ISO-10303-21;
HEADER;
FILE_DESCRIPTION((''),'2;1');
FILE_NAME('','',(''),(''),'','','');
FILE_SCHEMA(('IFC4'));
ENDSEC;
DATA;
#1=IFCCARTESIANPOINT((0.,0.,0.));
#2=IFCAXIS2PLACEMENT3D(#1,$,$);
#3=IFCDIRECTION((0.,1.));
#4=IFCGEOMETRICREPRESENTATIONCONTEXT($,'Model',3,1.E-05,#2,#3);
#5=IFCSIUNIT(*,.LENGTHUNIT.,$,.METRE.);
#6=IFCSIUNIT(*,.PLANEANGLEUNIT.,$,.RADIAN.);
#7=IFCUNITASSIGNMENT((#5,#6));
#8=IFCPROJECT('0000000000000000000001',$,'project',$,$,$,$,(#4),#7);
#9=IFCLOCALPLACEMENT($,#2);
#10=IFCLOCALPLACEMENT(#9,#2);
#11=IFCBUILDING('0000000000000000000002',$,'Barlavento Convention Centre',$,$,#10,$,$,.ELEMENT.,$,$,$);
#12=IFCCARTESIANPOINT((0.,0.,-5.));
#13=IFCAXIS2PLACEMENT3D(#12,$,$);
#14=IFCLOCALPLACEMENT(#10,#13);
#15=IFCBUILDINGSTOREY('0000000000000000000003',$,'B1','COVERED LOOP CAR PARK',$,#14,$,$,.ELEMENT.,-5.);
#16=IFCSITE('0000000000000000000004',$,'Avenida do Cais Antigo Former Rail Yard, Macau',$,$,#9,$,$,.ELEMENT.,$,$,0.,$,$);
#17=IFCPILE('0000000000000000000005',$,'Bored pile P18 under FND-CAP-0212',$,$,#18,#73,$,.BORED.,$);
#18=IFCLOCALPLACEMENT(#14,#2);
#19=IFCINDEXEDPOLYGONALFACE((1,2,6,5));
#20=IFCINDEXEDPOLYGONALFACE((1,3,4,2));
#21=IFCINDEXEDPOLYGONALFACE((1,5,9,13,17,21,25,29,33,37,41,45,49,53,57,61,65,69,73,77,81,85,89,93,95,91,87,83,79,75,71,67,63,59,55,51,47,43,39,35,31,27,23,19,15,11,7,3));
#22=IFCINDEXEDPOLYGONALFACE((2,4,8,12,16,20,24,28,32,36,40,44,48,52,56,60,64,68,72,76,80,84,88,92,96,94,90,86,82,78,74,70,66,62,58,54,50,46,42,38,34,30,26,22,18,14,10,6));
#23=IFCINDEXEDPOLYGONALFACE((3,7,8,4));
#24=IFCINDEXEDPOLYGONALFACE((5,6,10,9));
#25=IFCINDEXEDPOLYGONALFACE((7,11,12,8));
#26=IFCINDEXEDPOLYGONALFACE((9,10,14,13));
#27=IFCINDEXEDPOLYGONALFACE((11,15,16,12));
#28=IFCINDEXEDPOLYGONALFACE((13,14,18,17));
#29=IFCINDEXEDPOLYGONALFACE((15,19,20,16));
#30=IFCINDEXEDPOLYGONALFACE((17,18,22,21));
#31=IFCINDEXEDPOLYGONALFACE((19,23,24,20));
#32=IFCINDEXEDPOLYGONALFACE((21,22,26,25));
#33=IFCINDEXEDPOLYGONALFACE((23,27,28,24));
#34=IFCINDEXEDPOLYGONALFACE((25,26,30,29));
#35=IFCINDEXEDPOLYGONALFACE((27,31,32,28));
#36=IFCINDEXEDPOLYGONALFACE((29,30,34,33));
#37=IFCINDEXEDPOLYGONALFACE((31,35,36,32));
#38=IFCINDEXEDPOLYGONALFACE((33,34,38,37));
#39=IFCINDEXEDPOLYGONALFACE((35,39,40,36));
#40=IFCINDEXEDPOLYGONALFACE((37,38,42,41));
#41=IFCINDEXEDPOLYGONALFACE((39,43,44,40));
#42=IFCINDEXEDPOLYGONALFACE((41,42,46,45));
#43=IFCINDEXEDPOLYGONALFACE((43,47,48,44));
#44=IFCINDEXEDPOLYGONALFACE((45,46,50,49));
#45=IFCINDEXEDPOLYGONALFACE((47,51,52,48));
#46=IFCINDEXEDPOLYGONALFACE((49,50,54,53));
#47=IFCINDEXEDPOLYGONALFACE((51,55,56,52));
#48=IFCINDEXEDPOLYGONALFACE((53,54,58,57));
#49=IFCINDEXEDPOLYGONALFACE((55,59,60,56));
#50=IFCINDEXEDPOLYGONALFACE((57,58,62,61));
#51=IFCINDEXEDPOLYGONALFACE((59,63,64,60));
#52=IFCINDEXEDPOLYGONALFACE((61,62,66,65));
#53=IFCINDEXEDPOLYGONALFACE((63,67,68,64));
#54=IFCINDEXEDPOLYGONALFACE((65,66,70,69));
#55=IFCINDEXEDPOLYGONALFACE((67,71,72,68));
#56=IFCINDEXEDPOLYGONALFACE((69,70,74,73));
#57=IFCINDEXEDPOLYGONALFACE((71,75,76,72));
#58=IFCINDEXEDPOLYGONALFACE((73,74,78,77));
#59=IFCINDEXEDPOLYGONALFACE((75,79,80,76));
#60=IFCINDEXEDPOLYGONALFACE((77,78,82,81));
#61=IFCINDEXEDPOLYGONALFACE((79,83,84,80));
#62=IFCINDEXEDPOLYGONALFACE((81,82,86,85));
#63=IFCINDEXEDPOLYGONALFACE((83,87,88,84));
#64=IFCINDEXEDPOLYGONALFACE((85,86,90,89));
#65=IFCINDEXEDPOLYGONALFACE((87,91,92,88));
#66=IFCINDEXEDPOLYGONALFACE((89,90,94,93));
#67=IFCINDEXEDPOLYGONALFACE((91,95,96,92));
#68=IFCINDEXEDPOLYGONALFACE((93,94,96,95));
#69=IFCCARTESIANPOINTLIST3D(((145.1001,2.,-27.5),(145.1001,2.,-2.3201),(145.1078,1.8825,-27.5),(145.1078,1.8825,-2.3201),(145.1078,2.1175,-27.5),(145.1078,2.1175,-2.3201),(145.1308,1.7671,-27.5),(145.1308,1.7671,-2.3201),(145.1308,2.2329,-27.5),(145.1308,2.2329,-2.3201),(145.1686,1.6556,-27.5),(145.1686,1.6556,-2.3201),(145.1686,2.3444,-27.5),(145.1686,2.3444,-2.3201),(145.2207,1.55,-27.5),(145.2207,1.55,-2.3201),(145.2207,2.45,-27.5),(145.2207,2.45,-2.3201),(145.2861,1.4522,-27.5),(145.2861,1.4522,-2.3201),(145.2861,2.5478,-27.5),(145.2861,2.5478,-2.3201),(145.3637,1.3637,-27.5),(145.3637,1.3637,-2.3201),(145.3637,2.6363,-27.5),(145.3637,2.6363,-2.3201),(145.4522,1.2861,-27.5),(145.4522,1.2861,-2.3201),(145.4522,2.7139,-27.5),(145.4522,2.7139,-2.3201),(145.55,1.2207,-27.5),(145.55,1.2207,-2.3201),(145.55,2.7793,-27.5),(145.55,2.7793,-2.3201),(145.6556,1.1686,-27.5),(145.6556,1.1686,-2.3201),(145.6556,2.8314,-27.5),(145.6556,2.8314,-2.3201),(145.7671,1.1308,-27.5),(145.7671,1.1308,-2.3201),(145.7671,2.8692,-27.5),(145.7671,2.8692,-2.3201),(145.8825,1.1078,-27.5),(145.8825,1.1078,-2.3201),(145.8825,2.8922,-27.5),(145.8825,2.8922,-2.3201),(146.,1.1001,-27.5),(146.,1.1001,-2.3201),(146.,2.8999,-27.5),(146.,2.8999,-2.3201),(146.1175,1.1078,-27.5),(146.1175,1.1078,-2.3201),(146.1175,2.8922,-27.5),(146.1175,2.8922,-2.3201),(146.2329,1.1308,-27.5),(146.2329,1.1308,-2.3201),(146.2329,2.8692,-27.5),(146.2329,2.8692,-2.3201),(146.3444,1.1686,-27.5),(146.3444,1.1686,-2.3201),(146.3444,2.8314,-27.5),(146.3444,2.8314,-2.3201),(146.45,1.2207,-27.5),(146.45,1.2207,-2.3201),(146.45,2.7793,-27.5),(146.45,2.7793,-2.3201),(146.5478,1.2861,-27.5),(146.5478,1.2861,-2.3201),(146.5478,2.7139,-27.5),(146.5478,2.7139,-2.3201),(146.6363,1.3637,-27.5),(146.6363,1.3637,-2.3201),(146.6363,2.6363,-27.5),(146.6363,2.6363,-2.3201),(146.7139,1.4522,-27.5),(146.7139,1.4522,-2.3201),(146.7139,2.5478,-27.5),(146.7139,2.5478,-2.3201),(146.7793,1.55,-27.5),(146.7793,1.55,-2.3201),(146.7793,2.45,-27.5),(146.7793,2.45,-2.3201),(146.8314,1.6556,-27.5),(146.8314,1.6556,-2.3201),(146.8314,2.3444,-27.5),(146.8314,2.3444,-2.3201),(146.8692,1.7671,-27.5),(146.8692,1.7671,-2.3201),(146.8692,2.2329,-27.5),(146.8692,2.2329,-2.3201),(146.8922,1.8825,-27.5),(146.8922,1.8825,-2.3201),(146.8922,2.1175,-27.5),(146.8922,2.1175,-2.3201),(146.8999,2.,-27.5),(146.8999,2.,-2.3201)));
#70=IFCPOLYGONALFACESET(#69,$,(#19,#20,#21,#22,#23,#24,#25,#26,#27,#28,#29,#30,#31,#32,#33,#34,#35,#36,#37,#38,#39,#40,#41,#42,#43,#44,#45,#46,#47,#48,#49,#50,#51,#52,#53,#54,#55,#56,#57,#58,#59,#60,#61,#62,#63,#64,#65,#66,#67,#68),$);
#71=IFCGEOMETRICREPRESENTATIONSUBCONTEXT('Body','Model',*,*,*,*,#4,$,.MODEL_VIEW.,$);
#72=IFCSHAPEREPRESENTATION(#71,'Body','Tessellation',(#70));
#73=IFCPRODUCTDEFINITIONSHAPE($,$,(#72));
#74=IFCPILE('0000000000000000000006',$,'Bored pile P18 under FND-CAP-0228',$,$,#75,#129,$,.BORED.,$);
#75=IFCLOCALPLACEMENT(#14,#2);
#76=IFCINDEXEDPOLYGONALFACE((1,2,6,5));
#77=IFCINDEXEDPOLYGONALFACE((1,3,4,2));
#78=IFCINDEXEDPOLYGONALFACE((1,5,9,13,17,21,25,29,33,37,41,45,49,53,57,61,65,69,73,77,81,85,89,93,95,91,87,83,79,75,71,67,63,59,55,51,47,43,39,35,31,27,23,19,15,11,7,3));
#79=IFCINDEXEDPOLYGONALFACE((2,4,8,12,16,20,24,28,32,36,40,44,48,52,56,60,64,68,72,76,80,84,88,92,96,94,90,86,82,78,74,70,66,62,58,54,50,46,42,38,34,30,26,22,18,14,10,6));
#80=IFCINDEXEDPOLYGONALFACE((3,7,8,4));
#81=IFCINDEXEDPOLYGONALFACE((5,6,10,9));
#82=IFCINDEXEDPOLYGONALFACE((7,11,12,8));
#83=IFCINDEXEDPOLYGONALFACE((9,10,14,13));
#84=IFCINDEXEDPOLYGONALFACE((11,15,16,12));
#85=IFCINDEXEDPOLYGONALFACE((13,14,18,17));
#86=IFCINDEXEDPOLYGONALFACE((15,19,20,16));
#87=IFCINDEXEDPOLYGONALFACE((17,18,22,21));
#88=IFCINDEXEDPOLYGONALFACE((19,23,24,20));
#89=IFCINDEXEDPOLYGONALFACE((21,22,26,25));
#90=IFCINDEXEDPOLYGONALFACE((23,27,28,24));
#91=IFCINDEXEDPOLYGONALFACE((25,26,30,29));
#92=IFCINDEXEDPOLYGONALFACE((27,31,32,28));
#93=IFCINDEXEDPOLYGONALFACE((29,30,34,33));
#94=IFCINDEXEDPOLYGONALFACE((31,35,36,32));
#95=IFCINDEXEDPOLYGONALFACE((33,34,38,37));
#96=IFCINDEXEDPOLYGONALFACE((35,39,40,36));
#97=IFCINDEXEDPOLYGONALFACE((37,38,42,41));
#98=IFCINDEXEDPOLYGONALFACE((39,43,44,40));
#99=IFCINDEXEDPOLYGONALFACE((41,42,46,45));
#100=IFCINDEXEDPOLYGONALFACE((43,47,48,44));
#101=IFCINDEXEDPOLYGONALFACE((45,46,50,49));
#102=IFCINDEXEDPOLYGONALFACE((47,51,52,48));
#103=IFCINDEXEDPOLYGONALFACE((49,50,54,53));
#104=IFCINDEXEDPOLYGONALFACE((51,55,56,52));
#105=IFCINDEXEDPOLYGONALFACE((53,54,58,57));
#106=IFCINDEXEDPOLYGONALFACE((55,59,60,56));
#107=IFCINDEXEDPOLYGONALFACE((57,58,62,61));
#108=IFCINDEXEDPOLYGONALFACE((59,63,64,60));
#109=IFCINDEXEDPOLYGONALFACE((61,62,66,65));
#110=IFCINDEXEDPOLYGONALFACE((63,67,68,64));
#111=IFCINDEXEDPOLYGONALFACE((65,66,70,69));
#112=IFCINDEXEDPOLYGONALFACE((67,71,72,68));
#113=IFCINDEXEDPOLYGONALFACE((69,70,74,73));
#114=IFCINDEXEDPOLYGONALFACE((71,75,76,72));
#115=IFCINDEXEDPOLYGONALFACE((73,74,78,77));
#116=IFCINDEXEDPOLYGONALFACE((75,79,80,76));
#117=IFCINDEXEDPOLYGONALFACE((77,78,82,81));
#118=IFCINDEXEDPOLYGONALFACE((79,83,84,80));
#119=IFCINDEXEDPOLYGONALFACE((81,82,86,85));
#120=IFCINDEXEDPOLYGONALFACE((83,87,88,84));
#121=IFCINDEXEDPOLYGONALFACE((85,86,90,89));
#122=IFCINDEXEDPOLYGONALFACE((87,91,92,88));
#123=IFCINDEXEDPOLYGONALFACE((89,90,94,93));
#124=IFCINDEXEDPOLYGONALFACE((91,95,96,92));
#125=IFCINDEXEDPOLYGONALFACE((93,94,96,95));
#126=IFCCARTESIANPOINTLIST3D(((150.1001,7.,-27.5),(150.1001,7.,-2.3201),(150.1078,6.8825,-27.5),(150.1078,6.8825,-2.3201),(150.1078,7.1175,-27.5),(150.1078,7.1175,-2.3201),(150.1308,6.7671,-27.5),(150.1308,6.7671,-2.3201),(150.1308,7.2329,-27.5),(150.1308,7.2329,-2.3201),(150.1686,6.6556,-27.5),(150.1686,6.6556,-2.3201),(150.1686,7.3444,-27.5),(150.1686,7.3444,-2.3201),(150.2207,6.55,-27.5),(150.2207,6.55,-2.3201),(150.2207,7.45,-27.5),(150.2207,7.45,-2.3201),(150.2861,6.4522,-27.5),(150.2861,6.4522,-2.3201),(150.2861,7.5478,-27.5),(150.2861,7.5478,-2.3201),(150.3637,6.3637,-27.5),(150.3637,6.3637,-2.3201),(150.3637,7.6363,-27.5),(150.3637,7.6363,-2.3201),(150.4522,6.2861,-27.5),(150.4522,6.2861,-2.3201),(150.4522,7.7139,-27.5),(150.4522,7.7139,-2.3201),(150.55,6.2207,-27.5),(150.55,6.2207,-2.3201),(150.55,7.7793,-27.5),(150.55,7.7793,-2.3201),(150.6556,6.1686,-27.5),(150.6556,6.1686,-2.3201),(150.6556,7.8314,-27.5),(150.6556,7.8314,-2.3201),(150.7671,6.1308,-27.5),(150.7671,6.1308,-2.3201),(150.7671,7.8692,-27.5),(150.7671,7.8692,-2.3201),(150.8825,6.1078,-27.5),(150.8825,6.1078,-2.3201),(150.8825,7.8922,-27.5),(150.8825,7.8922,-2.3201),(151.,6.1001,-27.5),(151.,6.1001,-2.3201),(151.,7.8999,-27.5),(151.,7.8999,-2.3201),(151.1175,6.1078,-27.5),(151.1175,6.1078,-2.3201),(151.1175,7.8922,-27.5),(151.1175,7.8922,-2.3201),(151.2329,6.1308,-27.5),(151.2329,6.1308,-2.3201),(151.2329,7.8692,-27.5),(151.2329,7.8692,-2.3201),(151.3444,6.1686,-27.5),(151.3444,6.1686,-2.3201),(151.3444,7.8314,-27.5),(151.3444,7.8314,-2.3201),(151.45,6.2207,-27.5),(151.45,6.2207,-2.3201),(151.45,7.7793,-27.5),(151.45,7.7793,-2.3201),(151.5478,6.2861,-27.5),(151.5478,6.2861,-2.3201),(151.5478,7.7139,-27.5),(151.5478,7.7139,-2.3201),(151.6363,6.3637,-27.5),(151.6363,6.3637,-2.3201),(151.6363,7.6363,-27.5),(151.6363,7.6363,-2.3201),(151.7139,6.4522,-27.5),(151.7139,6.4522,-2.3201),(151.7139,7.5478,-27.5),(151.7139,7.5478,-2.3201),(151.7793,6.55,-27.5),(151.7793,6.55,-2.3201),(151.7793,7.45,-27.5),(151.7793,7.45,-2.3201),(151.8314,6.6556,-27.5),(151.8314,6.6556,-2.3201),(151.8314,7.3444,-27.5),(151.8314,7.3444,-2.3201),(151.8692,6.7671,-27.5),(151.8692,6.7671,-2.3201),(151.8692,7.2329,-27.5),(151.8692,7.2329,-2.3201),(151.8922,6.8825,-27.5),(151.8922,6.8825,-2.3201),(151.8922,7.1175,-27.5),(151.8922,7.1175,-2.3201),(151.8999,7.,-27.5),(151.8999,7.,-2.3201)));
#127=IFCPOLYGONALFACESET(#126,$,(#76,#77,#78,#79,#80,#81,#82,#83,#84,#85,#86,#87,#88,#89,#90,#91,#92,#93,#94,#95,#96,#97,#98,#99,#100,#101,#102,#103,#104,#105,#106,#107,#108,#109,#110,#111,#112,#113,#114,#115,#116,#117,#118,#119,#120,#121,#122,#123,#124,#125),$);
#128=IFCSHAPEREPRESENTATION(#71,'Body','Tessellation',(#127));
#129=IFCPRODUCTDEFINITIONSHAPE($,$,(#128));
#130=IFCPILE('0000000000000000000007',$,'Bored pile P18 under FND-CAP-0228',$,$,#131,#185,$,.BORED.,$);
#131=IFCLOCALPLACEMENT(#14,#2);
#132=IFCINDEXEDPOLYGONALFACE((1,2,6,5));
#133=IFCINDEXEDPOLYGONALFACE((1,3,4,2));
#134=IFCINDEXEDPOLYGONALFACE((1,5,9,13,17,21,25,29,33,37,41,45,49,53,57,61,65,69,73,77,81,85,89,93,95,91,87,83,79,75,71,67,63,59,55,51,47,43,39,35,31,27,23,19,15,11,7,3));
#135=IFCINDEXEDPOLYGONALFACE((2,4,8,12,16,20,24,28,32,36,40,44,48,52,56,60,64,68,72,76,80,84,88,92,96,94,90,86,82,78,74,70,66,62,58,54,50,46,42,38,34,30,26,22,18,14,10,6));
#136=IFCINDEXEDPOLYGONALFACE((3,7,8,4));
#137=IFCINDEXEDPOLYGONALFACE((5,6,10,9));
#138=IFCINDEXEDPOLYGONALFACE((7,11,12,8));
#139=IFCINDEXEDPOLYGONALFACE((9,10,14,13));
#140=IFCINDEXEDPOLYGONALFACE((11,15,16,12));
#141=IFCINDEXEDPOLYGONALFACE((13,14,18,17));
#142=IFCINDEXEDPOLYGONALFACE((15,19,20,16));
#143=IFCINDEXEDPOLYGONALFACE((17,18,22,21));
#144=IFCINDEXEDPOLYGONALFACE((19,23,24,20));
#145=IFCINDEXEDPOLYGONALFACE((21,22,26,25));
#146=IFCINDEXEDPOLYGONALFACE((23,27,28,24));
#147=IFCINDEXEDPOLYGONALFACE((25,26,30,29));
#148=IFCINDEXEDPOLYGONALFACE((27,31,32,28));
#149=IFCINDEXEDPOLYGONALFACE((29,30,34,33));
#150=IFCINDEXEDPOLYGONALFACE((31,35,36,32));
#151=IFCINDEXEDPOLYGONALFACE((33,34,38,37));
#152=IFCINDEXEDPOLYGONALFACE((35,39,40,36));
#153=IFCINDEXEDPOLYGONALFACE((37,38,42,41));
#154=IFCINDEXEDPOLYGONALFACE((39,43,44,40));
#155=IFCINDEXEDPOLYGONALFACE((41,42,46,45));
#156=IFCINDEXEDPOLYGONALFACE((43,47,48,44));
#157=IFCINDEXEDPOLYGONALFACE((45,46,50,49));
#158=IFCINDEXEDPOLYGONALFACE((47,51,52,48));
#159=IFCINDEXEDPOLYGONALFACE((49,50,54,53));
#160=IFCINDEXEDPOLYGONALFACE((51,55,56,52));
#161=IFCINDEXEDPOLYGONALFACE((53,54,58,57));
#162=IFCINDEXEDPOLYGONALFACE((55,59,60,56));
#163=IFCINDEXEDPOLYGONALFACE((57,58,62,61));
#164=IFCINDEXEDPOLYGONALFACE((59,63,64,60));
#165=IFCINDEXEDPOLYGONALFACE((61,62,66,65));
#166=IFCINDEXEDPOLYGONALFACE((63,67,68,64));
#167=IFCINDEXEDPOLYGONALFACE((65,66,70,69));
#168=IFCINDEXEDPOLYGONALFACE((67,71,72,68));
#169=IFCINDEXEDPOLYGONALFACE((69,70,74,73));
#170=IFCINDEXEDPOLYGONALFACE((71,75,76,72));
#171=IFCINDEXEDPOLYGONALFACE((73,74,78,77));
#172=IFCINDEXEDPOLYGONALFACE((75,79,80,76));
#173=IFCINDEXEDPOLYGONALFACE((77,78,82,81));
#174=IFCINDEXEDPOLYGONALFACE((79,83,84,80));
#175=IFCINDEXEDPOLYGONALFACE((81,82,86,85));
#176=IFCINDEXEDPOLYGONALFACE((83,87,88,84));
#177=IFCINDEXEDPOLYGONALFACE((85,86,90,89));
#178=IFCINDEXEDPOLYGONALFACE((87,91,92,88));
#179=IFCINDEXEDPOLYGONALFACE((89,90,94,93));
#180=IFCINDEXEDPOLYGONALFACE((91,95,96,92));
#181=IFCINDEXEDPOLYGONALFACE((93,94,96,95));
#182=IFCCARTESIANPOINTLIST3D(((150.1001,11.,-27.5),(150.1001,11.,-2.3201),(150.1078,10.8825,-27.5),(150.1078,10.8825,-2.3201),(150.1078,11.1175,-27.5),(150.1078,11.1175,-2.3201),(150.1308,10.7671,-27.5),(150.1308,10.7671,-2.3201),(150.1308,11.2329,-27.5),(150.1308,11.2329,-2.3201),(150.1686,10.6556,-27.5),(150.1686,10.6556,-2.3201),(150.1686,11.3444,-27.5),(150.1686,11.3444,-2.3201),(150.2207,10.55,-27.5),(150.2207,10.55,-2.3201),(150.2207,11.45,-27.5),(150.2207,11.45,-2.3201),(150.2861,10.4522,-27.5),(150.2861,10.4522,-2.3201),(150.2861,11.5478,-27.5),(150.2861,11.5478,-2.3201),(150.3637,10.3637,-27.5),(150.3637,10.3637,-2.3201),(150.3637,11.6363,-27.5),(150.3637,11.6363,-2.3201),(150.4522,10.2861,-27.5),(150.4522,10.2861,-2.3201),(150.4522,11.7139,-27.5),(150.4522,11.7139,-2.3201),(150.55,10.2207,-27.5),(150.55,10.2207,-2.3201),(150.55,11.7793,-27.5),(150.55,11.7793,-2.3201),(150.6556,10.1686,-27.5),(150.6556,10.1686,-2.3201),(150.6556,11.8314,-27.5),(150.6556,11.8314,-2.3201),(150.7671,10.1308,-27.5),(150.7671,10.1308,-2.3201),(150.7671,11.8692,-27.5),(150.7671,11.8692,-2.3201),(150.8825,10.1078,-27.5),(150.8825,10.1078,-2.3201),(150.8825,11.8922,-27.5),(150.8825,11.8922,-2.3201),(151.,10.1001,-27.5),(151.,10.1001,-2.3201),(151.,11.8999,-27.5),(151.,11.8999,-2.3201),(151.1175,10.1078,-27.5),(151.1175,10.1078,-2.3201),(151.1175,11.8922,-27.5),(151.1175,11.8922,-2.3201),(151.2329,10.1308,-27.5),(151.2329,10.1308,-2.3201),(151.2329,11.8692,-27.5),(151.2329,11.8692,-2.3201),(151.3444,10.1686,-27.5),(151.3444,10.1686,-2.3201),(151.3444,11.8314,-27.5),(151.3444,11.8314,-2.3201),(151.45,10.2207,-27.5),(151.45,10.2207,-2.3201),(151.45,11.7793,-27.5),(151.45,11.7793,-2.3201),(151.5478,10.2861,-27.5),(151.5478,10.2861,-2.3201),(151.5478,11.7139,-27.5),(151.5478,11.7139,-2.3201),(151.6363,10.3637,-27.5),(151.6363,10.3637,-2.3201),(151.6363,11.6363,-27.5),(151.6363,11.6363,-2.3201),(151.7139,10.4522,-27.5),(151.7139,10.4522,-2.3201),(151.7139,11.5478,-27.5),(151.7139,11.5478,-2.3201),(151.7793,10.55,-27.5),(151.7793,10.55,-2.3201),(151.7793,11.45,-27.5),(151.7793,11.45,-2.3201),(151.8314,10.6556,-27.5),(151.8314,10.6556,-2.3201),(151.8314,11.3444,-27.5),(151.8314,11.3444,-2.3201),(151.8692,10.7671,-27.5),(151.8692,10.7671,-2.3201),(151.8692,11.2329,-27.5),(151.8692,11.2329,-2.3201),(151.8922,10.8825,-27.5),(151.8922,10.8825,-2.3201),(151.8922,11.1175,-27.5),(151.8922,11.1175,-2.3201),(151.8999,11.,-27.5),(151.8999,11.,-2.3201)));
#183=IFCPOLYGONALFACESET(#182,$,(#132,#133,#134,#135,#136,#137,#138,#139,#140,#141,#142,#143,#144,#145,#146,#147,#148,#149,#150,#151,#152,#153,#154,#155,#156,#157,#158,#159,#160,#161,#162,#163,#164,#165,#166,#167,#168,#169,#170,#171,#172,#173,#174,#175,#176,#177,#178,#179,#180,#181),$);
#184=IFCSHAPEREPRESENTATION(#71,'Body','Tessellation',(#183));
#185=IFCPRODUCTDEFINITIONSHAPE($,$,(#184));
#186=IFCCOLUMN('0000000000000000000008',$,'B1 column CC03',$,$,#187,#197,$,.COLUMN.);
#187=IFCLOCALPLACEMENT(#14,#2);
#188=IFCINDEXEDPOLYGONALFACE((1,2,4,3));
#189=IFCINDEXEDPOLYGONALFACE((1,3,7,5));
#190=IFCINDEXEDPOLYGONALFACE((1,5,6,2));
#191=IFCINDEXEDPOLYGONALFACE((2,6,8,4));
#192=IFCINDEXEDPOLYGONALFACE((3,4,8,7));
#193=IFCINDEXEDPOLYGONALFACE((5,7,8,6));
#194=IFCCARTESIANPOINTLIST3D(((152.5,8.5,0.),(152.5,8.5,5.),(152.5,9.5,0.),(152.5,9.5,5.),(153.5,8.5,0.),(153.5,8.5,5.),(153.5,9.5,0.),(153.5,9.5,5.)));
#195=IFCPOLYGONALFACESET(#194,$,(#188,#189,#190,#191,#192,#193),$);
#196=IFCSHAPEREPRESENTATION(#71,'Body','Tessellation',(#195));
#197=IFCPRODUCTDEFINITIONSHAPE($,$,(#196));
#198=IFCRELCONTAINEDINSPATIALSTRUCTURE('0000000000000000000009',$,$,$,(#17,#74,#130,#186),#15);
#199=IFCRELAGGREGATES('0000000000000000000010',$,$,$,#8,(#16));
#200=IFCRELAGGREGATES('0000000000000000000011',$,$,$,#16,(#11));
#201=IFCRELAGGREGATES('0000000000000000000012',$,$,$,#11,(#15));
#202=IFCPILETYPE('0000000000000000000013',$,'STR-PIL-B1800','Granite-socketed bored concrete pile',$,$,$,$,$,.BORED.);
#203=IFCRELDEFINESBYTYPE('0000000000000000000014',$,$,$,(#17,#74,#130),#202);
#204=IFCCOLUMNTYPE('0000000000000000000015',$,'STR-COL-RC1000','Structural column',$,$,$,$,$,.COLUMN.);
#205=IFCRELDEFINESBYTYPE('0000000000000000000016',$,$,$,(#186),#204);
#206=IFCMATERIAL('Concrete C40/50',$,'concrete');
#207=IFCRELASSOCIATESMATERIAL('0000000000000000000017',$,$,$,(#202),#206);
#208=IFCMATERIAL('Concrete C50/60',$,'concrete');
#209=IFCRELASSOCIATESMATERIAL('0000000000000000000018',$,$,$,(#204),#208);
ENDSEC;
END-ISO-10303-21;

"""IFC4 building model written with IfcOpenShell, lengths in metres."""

from ifc_helpers import new_model, si_unit, direction, frame, origin, origin_2d, place, context, subcontext, project, spatial, rectangle, circle, extrude, material, material_profile, profile_set, type_object, element, save


model = new_model("IFC4")

# Units and contexts
model_context = context("Model", 3, precision=1e-05, world=origin(), true_north=direction((0.0, 1.0)))
body_context = subcontext(model_context, "Body", "Model", "MODEL_VIEW")
ifc_project = project(units=[si_unit("LENGTHUNIT", "METRE"), si_unit("PLANEANGLEUNIT", "RADIAN")], contexts=[model_context])

# Site, building, storey
site_placement = place(None, origin())
site = spatial("IfcSite", under=ifc_project, at=site_placement, Name="Avenida do Cais Antigo Former Rail Yard, Macau", CompositionType="ELEMENT", RefElevation=0.0)
building_placement = place(site_placement, origin())
building = spatial("IfcBuilding", under=site, at=building_placement, Name="Barlavento Convention Centre", CompositionType="ELEMENT")
storey_placement = place(building_placement, frame((0.0, 0.0, -5.0)))
storey = spatial("IfcBuildingStorey", under=building, at=storey_placement, Name="B1", Description="COVERED LOOP CAR PARK", CompositionType="ELEMENT", Elevation=-5.0)

# Shared definitions
ifc_material_1 = material(Name="Concrete C40/50", Category="concrete")

# Piles
ifc_material_profile_1 = material_profile(ifc_material_1, circle(Radius=0.8999, at=origin_2d()), Name="BORED PILE 1800")
ifc_profile_set_1 = profile_set([ifc_material_profile_1], Name="Concrete C40/50")
pile_type_1 = type_object("IfcPileType", Name="STR-PIL-B1800", Description="Granite-socketed bored concrete pile", PredefinedType="BORED", material=ifc_profile_set_1)
for number, where, z_axis, x_axis, name in (
    (1, (146.0, 2.0, -2.3201), (0.0, 0.0, -1.0), (1.0, 0.0, 0.0), "Bored pile P18 under FND-CAP-0212"),
    (2, (151.0, 7.0, -2.3201), (0.0, 0.0, -1.0), (1.0, 0.0, 0.0), "Bored pile P18 under FND-CAP-0228"),
    (3, (151.0, 11.0, -2.3201), (0.0, 0.0, -1.0), (1.0, 0.0, 0.0), "Bored pile P18 under FND-CAP-0228"),
):
    element("IfcPile", number, at=place(storey_placement, frame(where, z_axis=z_axis, x_axis=x_axis)), inside=storey, type_object=pile_type_1, Name=name, PredefinedType="BORED", context=body_context, shape_type="SweptSolid", body=[
        extrude(circle(Radius=0.8999, at=origin_2d()), origin(), (0.0, 0.0, 1.0), 25.1799),
    ])

# Column
ifc_material_2 = material(Name="Concrete C50/60", Category="concrete")
ifc_material_profile_2 = material_profile(ifc_material_2, rectangle(XDim=1.0, YDim=1.0, at=origin_2d()), Name="RC 1000x1000")
ifc_profile_set_2 = profile_set([ifc_material_profile_2], Name="Concrete C50/60")
column_type_1 = type_object("IfcColumnType", Name="STR-COL-RC1000", Description="Structural column", PredefinedType="COLUMN", material=ifc_profile_set_2)
column_placement = place(storey_placement, frame((153.0, 9.0, 0.0), z_axis=(0.0, 0.0, 1.0), x_axis=(1.0, 0.0, 0.0)))
element("IfcColumn", 4, at=column_placement, inside=storey, type_object=column_type_1, Name="B1 column CC03", PredefinedType="COLUMN", context=body_context, shape_type="SweptSolid", body=[
    extrude(rectangle(XDim=1.0, YDim=1.0, at=origin_2d()), origin(), (0.0, 0.0, 1.0), 5.0),
])

save(model, "model.ifc")
